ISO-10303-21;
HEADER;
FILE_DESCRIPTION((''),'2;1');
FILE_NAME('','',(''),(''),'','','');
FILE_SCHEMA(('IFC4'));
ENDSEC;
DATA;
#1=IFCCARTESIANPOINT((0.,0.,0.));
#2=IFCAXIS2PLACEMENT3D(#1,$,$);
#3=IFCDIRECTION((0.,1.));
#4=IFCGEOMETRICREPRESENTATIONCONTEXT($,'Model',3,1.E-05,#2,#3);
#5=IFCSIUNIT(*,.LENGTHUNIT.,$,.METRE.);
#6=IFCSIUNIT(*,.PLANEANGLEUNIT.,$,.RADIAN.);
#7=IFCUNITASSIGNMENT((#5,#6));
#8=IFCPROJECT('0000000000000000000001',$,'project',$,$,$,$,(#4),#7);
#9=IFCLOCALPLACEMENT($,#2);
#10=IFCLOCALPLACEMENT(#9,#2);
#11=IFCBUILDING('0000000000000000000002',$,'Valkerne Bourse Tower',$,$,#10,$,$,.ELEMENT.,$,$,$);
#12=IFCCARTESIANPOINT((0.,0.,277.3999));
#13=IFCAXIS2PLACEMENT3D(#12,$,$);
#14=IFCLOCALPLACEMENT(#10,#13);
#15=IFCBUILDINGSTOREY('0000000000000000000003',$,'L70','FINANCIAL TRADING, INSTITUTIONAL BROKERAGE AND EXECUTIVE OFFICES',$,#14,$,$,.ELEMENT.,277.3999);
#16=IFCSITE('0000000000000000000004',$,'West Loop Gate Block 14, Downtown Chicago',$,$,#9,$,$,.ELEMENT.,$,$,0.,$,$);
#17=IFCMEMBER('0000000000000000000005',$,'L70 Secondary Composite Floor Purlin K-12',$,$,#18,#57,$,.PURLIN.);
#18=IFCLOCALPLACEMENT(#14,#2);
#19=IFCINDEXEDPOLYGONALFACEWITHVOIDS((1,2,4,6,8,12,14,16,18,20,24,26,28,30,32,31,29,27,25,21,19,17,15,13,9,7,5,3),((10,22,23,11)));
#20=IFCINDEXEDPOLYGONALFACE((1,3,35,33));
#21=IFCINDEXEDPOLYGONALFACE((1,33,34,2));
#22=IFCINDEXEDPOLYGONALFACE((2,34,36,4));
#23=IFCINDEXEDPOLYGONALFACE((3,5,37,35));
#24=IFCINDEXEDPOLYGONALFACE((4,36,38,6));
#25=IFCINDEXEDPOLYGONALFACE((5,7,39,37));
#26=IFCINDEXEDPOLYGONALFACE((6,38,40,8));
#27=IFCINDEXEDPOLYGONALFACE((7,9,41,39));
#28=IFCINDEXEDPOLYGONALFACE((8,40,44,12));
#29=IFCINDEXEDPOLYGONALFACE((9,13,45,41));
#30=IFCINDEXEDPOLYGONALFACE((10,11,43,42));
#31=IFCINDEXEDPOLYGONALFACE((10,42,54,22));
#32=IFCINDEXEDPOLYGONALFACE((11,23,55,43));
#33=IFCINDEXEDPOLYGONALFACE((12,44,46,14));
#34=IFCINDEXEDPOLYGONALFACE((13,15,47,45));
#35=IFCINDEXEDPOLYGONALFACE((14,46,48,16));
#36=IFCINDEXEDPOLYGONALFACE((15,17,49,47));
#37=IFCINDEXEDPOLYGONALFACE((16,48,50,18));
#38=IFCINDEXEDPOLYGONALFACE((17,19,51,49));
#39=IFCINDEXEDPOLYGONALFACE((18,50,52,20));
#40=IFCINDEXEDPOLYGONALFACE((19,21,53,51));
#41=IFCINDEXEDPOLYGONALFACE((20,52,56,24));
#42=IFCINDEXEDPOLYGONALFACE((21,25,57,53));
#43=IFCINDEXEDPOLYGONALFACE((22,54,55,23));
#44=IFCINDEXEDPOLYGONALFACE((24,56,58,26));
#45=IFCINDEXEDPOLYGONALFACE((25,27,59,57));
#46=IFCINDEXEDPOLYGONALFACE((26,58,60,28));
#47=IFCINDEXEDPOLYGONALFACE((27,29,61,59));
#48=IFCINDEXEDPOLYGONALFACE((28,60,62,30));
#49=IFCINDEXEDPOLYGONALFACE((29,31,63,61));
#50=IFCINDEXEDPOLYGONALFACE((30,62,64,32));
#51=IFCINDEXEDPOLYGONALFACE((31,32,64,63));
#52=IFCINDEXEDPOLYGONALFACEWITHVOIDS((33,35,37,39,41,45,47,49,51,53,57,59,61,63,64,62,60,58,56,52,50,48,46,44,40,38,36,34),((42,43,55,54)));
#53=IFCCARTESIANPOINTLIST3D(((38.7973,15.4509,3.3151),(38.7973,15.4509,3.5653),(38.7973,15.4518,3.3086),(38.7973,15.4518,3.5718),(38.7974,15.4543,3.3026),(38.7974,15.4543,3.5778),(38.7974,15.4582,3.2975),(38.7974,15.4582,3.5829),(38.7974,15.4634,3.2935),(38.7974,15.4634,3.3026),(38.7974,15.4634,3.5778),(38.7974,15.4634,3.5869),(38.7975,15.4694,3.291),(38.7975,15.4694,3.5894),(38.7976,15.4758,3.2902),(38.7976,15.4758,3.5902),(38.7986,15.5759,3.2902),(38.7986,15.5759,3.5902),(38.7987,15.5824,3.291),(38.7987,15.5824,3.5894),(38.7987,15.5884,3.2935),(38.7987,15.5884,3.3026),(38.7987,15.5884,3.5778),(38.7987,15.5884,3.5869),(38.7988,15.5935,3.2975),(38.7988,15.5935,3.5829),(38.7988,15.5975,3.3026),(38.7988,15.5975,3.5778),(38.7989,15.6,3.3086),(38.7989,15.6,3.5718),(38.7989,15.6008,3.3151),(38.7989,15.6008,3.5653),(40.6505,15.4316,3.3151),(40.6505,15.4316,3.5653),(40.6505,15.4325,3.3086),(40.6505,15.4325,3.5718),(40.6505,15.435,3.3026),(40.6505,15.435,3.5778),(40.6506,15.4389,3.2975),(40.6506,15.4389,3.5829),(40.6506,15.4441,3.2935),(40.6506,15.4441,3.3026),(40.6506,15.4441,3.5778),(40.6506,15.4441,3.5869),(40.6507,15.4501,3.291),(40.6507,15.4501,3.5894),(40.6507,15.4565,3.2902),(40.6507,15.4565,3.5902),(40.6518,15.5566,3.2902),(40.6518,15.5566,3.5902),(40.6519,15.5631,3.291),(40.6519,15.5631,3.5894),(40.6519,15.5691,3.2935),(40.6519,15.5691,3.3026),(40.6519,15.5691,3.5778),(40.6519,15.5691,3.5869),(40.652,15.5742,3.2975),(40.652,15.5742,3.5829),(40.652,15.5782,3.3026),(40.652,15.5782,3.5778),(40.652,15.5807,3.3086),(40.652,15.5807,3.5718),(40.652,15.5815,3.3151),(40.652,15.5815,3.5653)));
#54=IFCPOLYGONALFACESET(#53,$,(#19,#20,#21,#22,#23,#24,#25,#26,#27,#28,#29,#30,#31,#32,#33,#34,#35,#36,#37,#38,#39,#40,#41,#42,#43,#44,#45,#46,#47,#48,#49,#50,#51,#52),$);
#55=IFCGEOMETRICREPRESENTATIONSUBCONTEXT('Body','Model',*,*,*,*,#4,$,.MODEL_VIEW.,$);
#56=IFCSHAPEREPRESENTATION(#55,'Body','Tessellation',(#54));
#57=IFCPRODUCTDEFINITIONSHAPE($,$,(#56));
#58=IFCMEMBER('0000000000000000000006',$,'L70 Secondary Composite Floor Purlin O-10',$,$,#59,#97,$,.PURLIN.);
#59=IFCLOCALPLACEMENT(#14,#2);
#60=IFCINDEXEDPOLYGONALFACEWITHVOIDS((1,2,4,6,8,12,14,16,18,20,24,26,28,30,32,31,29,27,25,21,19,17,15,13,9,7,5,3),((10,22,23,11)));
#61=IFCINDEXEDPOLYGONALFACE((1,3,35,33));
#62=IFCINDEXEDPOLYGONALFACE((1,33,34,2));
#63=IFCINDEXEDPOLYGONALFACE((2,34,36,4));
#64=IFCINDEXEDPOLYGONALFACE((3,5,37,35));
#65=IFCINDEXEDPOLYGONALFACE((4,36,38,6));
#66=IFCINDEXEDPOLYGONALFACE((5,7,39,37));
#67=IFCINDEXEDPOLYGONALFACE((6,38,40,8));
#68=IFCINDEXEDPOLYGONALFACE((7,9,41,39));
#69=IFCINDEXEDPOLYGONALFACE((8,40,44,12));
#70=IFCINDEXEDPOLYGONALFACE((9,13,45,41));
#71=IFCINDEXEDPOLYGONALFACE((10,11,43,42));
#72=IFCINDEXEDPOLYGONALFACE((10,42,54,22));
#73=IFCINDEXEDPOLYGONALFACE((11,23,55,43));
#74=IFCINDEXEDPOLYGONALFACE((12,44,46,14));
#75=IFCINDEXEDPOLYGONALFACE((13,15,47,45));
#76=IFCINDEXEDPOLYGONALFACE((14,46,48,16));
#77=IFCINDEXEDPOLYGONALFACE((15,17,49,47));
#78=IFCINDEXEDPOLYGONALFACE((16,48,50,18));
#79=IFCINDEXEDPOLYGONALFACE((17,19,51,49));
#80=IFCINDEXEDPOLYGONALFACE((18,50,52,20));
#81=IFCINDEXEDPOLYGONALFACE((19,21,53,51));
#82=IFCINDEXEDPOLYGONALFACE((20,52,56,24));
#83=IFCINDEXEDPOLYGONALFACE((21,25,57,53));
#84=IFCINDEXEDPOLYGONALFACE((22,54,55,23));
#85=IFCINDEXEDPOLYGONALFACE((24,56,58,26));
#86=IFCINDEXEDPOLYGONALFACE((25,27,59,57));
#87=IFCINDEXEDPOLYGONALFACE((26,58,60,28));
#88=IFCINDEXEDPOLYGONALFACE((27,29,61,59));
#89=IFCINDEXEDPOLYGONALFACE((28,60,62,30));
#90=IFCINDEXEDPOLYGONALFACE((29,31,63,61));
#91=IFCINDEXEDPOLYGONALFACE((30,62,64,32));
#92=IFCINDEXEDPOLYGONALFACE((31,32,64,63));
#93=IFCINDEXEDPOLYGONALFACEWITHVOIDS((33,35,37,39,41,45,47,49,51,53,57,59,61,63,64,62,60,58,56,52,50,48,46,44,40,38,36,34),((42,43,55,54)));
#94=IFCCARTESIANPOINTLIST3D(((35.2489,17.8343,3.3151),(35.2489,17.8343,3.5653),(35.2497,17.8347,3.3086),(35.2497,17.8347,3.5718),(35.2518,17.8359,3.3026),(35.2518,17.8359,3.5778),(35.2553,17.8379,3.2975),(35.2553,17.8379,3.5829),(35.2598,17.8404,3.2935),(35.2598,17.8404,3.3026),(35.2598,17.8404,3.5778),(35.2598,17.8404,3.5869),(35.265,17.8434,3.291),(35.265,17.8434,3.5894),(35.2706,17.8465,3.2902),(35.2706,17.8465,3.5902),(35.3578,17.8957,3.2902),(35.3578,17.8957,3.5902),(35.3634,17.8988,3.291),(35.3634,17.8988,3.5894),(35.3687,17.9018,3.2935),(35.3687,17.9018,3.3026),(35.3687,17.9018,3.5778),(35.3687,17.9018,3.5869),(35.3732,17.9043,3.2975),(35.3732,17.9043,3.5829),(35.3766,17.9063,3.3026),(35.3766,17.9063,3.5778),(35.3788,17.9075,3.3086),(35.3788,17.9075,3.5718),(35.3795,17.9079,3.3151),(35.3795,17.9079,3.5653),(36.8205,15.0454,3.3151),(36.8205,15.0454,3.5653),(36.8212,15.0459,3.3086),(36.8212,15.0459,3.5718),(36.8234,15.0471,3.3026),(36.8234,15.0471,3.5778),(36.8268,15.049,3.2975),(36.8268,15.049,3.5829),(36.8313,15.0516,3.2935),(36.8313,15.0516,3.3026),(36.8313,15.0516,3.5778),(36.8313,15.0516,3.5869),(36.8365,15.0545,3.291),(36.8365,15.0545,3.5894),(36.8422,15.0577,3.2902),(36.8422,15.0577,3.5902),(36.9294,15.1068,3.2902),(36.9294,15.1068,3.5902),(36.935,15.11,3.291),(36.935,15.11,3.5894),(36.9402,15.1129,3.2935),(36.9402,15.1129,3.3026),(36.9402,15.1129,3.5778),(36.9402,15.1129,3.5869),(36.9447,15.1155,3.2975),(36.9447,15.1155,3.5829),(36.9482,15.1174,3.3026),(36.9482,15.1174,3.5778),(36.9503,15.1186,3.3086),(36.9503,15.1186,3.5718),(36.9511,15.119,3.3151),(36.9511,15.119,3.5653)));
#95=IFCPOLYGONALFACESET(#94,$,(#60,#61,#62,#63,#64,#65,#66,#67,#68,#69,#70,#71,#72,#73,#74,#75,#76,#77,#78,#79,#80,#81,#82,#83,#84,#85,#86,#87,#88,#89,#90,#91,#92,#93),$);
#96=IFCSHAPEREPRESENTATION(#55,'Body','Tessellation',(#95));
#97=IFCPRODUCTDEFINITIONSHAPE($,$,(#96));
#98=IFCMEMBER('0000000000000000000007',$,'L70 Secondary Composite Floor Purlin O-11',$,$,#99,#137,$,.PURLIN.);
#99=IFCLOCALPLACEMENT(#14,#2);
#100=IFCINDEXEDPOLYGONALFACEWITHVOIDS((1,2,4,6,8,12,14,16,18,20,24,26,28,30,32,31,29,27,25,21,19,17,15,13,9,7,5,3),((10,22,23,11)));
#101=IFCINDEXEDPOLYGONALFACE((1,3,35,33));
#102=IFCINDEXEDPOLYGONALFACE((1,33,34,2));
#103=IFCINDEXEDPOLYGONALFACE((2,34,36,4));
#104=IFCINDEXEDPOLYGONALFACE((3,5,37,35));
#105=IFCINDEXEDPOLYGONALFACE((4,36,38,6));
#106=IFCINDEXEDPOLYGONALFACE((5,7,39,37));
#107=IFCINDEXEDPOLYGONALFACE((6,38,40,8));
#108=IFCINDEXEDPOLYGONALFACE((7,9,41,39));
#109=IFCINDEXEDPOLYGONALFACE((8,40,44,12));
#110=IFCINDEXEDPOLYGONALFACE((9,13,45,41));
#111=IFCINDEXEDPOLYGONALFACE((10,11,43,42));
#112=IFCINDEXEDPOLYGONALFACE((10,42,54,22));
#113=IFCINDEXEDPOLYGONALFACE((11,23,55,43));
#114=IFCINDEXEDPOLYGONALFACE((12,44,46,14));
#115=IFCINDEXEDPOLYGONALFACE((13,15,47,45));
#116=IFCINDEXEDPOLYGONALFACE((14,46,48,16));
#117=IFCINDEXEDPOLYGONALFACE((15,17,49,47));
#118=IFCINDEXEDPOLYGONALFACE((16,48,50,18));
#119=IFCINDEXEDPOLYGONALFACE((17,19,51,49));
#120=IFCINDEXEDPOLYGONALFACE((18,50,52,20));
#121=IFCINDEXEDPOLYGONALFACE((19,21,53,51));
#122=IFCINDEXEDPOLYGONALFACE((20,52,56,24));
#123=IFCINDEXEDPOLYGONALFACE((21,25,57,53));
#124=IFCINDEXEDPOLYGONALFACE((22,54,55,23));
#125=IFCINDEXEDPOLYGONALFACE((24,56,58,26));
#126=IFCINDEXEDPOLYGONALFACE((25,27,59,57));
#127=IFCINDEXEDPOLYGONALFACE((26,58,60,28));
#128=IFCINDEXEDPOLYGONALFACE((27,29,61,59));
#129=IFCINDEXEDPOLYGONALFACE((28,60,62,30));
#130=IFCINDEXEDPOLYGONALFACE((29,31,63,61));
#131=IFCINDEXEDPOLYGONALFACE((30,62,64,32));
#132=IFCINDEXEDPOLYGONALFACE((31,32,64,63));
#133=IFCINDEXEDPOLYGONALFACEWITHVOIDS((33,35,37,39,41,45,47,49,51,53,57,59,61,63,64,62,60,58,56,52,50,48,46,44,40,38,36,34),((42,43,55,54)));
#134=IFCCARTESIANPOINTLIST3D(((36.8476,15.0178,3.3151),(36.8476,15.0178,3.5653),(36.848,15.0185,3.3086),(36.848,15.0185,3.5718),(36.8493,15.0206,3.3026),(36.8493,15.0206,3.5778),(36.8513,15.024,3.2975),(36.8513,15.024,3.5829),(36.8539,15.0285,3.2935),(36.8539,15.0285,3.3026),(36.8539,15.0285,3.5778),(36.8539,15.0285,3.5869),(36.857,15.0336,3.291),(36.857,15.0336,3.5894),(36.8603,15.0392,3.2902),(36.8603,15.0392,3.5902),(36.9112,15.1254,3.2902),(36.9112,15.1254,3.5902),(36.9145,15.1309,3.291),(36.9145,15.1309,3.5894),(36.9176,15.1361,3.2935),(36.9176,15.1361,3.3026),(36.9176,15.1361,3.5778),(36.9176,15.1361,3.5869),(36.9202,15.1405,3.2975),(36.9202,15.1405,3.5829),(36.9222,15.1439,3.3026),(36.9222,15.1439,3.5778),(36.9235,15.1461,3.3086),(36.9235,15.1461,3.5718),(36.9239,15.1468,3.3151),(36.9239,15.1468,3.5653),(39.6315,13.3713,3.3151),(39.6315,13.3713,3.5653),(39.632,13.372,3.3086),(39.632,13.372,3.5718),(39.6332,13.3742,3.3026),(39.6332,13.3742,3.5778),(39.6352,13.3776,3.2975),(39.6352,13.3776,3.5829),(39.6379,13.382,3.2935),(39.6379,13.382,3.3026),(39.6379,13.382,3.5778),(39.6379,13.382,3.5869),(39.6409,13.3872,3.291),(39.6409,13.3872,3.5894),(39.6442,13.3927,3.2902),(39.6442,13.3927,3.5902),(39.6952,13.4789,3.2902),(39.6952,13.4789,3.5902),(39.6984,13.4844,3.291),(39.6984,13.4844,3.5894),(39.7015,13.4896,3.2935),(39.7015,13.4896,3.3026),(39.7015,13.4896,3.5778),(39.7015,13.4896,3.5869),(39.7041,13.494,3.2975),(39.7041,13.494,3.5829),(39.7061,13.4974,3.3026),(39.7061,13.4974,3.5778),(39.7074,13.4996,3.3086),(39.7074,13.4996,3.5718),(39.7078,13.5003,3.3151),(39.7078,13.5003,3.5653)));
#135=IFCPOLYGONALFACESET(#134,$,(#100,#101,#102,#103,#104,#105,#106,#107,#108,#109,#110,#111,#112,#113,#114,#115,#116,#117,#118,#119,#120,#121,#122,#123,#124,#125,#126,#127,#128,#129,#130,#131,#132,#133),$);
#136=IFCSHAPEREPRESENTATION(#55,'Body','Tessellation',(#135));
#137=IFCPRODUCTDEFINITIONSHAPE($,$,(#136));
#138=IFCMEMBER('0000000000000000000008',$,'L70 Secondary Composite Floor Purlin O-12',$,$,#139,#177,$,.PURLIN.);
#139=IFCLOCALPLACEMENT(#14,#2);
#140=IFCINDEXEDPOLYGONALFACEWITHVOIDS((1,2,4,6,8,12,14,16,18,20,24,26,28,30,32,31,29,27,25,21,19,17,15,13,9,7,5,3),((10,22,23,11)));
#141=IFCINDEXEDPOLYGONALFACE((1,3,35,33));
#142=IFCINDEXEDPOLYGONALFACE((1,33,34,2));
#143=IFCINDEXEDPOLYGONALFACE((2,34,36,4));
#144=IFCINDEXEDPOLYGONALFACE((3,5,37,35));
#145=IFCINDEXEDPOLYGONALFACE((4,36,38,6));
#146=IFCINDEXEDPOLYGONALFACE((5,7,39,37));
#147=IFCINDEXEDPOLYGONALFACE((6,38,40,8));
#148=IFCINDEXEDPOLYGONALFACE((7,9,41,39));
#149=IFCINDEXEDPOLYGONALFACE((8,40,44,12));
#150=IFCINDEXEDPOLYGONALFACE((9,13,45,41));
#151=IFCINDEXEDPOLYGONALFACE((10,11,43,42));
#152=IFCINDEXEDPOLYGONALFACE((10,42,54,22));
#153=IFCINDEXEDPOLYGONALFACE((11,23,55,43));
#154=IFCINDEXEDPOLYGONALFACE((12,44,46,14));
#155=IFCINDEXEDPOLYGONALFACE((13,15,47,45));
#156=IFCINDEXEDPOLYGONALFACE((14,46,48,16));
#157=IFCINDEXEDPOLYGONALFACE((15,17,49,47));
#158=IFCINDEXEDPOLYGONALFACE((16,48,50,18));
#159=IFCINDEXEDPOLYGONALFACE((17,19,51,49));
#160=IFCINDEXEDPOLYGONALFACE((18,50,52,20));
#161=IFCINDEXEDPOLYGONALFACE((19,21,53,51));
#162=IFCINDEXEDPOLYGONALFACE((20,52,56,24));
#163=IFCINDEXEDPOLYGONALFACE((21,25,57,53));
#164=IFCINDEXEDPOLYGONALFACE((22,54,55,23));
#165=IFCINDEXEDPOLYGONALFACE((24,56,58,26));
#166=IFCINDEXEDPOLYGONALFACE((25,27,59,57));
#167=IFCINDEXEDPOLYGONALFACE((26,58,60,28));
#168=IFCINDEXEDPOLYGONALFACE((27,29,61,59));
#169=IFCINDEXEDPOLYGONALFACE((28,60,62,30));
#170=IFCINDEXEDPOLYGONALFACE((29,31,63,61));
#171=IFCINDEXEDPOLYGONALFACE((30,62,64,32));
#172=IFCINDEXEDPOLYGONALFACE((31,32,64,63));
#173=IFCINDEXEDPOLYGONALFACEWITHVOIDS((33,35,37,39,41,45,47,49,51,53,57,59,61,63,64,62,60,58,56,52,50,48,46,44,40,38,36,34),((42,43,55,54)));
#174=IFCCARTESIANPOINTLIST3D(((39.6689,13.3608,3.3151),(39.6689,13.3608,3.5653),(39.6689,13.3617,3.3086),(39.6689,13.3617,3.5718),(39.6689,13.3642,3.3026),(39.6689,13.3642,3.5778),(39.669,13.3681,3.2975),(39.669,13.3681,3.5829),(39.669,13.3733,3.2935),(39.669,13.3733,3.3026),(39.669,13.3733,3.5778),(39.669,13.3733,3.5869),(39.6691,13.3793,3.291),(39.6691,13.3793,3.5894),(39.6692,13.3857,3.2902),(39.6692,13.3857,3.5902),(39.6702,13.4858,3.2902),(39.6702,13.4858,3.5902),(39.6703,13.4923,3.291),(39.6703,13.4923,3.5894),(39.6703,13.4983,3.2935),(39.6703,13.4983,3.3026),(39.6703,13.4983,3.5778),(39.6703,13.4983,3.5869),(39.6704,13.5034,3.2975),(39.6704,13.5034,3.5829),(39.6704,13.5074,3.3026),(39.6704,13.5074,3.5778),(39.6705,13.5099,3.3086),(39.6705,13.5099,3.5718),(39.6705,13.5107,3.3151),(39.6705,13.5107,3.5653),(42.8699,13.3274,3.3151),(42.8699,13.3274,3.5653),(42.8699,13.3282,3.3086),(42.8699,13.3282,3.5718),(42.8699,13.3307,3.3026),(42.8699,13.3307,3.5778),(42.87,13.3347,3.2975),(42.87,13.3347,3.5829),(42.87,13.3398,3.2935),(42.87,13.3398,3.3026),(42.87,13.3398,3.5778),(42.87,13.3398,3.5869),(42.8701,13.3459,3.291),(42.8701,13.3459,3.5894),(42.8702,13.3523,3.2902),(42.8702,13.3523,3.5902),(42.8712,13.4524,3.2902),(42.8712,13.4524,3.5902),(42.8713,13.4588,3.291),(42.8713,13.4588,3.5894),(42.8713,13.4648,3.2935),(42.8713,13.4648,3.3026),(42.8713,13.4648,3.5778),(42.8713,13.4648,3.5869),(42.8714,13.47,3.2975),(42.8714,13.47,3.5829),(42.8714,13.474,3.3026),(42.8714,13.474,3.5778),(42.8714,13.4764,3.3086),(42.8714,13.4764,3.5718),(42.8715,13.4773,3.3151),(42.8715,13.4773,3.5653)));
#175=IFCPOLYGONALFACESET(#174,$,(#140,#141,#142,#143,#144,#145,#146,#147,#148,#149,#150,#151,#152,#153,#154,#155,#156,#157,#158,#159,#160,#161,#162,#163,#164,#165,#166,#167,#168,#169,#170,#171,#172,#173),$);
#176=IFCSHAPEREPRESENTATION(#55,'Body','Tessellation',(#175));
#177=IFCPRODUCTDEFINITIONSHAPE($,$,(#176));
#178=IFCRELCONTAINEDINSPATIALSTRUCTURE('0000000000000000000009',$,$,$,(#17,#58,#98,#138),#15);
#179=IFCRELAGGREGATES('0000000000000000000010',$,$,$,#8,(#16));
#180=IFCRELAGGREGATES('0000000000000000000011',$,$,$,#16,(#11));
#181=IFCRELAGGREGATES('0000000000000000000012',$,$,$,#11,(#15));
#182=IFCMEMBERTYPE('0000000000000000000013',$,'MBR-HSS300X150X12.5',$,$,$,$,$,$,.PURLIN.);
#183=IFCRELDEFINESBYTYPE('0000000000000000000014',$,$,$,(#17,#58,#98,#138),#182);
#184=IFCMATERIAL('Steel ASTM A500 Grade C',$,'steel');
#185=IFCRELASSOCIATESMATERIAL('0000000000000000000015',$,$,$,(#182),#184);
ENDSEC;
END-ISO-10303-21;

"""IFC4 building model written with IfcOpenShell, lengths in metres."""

from ifc_helpers import new_model, si_unit, direction, frame, origin, origin_2d, place, context, subcontext, project, spatial, hollow_rectangle, extrude, material, material_profile, profile_set, type_object, element, save


model = new_model("IFC4")

# Units and contexts
model_context = context("Model", 3, precision=1e-05, world=origin(), true_north=direction((0.0, 1.0)))
body_context = subcontext(model_context, "Body", "Model", "MODEL_VIEW")
ifc_project = project(units=[si_unit("LENGTHUNIT", "METRE"), si_unit("PLANEANGLEUNIT", "RADIAN")], contexts=[model_context])

# Site, building, storey
site_placement = place(None, origin())
site = spatial("IfcSite", under=ifc_project, at=site_placement, Name="West Loop Gate Block 14, Downtown Chicago", CompositionType="ELEMENT", RefElevation=0.0)
building_placement = place(site_placement, origin())
building = spatial("IfcBuilding", under=site, at=building_placement, Name="Valkerne Bourse Tower", CompositionType="ELEMENT")
storey_placement = place(building_placement, frame((0.0, 0.0, 277.3999)))
storey = spatial("IfcBuildingStorey", under=building, at=storey_placement, Name="L70", Description="FINANCIAL TRADING, INSTITUTIONAL BROKERAGE AND EXECUTIVE OFFICES", CompositionType="ELEMENT", Elevation=277.3999)

# Members
ifc_material_1 = material(Name="Steel ASTM A500 Grade C", Category="steel")
ifc_material_profile_1 = material_profile(ifc_material_1, hollow_rectangle(XDim=0.1499, YDim=0.3, WallThickness=0.0125, OuterFilletRadius=0.0249, at=origin_2d()), Name="HSS300X150X12.5")
ifc_profile_set_1 = profile_set([ifc_material_profile_1], Name="Steel ASTM A500 Grade C")
member_type_1 = type_object("IfcMemberType", Name="MBR-HSS300X150X12.5", PredefinedType="PURLIN", material=ifc_profile_set_1)
member_1_placement = place(storey_placement, frame((38.7981, 15.5259, 3.4402), z_axis=(0.999946, -0.010406, 0.0), x_axis=(0.010406, 0.999946, 0.0)))
element("IfcMember", 1, at=member_1_placement, inside=storey, type_object=member_type_1, Name="L70 Secondary Composite Floor Purlin K-12", PredefinedType="PURLIN", context=body_context, shape_type="SweptSolid", body=[
    extrude(hollow_rectangle(XDim=0.1499, YDim=0.3, WallThickness=0.0125, OuterFilletRadius=0.0249, at=origin_2d()), origin(), (0.0, 0.0, 1.0), 1.8533),
])
member_2_placement = place(storey_placement, frame((35.3142, 17.8711, 3.4402), z_axis=(0.490931, -0.871198, 0.0), x_axis=(0.871198, 0.490931, 0.0)))
element("IfcMember", 2, at=member_2_placement, inside=storey, type_object=member_type_1, Name="L70 Secondary Composite Floor Purlin O-10", PredefinedType="PURLIN", context=body_context, shape_type="SweptSolid", body=[
    extrude(hollow_rectangle(XDim=0.1499, YDim=0.3, WallThickness=0.0125, OuterFilletRadius=0.0249, at=origin_2d()), origin(), (0.0, 0.0, 1.0), 3.2012),
])
member_3_placement = place(storey_placement, frame((36.8857, 15.0823, 3.4402), z_axis=(0.860733, -0.509057, 0.0), x_axis=(0.509057, 0.860733, 0.0)))
element("IfcMember", 3, at=member_3_placement, inside=storey, type_object=member_type_1, Name="L70 Secondary Composite Floor Purlin O-11", PredefinedType="PURLIN", context=body_context, shape_type="SweptSolid", body=[
    extrude(hollow_rectangle(XDim=0.1499, YDim=0.3, WallThickness=0.0125, OuterFilletRadius=0.0249, at=origin_2d()), origin(), (0.0, 0.0, 1.0), 3.2344),
])
member_4_placement = place(storey_placement, frame((39.6697, 13.4358, 3.4402), z_axis=(0.999945, -0.010449, 0.0), x_axis=(0.010449, 0.999945, 0.0)))
element("IfcMember", 4, at=member_4_placement, inside=storey, type_object=member_type_1, Name="L70 Secondary Composite Floor Purlin O-12", PredefinedType="PURLIN", context=body_context, shape_type="SweptSolid", body=[
    extrude(hollow_rectangle(XDim=0.1499, YDim=0.3, WallThickness=0.0125, OuterFilletRadius=0.0249, at=origin_2d()), origin(), (0.0, 0.0, 1.0), 3.2012),
])

save(model, "model.ifc")
